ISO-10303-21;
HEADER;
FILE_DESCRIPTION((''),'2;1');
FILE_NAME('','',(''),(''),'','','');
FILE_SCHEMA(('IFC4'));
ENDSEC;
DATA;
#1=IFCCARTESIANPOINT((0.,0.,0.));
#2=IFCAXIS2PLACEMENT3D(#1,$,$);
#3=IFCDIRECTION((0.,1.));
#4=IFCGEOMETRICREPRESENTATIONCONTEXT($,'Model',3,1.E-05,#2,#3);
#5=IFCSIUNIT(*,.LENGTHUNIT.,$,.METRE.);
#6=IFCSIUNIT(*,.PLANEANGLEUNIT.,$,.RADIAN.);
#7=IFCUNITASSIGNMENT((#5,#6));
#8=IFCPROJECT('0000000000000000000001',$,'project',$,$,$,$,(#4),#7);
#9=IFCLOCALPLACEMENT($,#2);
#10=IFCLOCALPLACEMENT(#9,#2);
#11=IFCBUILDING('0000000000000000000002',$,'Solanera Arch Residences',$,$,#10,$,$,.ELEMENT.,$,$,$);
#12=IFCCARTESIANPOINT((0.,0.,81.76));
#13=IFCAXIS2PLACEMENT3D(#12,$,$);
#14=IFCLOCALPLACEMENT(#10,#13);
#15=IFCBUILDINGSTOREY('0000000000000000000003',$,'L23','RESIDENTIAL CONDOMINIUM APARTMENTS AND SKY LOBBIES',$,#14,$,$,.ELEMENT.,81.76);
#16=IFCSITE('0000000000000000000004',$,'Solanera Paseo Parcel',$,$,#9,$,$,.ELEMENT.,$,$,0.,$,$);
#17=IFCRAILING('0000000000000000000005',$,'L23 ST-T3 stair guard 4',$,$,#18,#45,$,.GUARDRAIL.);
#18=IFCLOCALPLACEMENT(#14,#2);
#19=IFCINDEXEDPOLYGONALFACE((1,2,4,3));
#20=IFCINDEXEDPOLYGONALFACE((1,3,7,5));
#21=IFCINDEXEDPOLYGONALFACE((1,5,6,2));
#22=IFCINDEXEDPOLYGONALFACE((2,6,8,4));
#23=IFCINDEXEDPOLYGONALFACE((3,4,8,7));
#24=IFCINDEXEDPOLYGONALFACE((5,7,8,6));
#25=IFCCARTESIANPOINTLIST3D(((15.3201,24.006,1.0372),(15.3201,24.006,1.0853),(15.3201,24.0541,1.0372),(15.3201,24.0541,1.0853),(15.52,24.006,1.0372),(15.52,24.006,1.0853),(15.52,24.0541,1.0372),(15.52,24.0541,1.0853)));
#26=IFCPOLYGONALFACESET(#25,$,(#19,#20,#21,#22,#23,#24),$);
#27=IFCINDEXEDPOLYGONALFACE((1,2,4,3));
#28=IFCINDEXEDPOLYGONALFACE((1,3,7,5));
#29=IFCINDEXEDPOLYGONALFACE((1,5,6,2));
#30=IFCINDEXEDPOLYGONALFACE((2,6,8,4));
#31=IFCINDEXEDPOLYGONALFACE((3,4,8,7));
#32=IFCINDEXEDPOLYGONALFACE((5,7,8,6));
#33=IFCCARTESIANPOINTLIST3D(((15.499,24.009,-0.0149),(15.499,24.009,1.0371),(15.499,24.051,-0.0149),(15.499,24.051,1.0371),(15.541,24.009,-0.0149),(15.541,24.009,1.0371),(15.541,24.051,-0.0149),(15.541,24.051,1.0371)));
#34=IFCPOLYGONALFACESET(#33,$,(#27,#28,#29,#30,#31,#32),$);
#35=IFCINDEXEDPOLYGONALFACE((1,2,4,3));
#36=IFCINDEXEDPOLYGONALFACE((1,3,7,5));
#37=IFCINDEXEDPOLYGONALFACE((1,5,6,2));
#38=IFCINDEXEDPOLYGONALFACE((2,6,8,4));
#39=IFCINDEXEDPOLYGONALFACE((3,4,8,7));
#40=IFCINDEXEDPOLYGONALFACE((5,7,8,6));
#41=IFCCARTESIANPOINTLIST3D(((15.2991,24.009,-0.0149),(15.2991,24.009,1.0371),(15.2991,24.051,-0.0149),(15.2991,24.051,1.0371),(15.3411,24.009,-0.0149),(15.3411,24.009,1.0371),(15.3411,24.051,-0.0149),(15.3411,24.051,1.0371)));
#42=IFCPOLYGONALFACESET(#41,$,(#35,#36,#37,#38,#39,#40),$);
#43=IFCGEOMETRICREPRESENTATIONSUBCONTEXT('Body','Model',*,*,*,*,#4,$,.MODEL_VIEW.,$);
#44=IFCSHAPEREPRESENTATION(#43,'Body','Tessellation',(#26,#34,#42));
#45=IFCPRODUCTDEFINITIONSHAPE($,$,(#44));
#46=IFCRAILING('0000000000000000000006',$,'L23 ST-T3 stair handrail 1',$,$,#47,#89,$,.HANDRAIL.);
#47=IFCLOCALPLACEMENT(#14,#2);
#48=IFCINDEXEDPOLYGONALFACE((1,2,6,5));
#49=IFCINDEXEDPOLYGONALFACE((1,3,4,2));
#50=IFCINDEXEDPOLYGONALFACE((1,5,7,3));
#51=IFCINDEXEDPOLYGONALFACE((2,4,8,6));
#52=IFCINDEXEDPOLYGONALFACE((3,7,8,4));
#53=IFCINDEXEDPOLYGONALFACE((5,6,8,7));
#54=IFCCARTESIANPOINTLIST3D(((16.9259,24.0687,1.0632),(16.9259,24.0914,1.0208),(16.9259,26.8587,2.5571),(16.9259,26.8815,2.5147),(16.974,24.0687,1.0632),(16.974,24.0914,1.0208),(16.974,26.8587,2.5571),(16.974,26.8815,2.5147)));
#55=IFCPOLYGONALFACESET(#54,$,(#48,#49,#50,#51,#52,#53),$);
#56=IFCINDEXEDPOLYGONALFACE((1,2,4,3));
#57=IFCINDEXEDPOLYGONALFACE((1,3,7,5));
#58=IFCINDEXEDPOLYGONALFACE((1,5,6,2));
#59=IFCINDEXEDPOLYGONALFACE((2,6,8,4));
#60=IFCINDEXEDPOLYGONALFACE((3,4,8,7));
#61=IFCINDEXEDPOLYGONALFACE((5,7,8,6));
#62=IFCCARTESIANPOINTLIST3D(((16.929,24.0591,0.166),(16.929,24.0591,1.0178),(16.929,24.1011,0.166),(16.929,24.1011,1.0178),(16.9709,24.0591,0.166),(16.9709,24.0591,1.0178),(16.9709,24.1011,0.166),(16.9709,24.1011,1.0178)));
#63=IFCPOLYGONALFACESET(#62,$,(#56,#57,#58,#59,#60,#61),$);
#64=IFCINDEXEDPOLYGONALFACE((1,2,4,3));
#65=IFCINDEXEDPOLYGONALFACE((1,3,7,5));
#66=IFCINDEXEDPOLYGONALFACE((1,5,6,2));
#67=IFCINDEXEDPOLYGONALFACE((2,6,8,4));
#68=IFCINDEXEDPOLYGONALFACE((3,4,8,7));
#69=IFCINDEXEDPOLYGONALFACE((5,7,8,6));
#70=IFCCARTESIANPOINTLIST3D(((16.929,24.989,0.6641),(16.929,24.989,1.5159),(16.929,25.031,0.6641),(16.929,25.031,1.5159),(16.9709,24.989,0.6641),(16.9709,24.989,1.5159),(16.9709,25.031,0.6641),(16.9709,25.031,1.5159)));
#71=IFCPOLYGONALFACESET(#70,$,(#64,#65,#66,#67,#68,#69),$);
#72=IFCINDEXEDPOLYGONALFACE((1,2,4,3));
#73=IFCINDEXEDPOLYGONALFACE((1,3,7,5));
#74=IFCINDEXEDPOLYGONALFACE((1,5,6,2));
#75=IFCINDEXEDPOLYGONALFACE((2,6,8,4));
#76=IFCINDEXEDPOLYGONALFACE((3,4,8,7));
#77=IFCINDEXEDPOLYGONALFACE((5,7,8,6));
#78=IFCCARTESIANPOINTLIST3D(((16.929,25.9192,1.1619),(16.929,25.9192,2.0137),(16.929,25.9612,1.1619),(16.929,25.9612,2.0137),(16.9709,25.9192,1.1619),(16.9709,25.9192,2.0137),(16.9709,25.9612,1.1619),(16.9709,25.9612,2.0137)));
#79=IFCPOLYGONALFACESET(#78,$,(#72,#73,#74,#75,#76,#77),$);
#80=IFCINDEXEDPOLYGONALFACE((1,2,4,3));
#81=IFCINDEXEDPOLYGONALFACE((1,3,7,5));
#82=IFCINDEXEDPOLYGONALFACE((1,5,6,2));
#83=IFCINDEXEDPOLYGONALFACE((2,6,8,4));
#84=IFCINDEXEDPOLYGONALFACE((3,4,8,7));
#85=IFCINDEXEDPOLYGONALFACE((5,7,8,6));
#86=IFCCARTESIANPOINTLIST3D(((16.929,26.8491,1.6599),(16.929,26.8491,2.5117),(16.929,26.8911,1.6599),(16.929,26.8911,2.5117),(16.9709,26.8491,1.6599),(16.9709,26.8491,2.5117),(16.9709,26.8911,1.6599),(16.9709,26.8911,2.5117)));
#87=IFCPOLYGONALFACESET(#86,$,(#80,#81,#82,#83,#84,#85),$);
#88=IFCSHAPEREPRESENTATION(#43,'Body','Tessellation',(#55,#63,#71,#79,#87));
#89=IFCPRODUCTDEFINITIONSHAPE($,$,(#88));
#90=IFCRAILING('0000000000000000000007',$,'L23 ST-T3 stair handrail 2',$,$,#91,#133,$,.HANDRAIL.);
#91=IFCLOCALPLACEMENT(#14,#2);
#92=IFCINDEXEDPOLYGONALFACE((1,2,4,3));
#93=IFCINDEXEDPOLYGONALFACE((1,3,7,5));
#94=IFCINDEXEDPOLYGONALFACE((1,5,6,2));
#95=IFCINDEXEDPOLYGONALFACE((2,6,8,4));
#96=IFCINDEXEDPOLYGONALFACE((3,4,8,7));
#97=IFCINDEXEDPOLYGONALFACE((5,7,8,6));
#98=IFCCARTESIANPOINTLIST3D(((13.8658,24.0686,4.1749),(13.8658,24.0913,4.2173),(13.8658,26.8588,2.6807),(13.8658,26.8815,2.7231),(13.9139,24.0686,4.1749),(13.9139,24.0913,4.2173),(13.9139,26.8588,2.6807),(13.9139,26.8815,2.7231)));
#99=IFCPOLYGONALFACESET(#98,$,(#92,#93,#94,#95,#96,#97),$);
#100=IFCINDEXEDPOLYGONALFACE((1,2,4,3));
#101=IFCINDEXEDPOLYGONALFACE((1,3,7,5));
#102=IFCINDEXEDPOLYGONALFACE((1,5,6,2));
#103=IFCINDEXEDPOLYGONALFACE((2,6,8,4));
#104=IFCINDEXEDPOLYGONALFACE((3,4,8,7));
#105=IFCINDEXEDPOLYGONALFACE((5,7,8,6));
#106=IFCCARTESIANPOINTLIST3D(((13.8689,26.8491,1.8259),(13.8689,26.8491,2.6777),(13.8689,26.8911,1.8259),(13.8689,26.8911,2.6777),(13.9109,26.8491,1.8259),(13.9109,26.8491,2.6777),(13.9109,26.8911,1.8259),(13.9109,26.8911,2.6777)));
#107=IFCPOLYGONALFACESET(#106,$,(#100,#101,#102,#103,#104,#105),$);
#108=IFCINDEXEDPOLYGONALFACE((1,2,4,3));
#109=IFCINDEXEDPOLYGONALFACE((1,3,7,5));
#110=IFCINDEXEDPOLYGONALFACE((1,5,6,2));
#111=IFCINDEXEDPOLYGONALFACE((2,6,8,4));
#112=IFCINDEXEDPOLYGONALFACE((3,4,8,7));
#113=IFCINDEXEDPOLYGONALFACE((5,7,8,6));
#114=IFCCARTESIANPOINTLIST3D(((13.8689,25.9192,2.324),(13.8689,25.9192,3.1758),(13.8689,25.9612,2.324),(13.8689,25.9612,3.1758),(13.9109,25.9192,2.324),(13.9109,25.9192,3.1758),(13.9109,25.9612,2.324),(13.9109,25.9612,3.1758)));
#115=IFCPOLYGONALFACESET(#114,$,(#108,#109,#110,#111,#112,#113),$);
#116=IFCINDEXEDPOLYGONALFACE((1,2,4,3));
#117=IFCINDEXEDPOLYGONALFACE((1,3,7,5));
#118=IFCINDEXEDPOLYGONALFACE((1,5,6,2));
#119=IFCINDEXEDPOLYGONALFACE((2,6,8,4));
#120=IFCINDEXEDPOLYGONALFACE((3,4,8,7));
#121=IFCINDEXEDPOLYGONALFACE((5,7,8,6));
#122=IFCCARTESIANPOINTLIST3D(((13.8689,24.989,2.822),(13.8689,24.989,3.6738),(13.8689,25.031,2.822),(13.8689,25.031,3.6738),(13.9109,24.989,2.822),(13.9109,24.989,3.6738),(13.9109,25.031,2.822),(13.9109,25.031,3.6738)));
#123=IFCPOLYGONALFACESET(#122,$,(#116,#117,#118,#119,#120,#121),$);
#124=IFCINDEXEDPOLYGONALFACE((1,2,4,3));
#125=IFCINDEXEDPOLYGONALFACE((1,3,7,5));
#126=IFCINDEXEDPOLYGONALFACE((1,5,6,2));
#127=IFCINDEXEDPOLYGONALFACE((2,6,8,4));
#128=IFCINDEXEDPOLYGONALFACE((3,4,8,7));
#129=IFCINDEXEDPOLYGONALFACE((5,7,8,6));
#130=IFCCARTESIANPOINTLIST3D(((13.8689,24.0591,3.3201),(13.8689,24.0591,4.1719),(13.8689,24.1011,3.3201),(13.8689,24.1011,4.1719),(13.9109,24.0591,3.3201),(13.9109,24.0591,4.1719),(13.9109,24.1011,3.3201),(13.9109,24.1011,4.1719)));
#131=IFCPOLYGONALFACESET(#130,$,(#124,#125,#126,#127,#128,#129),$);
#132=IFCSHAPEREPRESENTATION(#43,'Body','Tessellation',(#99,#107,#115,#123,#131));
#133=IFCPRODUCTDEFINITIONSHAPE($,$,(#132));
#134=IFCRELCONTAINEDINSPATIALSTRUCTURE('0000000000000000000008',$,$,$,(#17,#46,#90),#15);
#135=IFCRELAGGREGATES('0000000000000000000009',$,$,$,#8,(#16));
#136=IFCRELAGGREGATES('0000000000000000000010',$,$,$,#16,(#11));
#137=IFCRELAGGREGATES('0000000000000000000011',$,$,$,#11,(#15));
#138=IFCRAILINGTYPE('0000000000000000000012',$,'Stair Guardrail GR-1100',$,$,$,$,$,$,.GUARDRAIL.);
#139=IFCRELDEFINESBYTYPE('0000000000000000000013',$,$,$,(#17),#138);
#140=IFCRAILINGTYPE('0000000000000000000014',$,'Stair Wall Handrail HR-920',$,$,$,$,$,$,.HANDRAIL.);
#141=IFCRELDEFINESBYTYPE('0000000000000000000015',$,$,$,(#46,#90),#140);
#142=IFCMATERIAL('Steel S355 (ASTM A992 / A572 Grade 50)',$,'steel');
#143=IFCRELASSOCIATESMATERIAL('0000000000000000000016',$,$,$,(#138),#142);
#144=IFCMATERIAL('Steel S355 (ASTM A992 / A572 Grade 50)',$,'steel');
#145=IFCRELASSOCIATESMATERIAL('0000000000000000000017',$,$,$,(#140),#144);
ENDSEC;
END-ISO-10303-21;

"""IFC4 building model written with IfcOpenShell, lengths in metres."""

from ifc_helpers import new_model, si_unit, direction, frame, origin, origin_2d, place, context, subcontext, project, spatial, rectangle, extrude, material, type_object, element, save


model = new_model("IFC4")

# Units and contexts
model_context = context("Model", 3, precision=1e-05, world=origin(), true_north=direction((0.0, 1.0)))
body_context = subcontext(model_context, "Body", "Model", "MODEL_VIEW")
ifc_project = project(units=[si_unit("LENGTHUNIT", "METRE"), si_unit("PLANEANGLEUNIT", "RADIAN")], contexts=[model_context])

# Site, building, storey
site_placement = place(None, origin())
site = spatial("IfcSite", under=ifc_project, at=site_placement, Name="Solanera Paseo Parcel", CompositionType="ELEMENT", RefElevation=0.0)
building_placement = place(site_placement, origin())
building = spatial("IfcBuilding", under=site, at=building_placement, Name="Solanera Arch Residences", CompositionType="ELEMENT")
storey_placement = place(building_placement, frame((0.0, 0.0, 81.76)))
storey = spatial("IfcBuildingStorey", under=building, at=storey_placement, Name="L23", Description="RESIDENTIAL CONDOMINIUM APARTMENTS AND SKY LOBBIES", CompositionType="ELEMENT", Elevation=81.76)

# Railings
ifc_material_1 = material(Name="Steel S355 (ASTM A992 / A572 Grade 50)", Category="steel")
railing_type_1 = type_object("IfcRailingType", Name="Stair Guardrail GR-1100", PredefinedType="GUARDRAIL", material=ifc_material_1)
railing_1_placement = place(storey_placement, frame((15.52, 24.03, -0.0149)))
element("IfcRailing", 1, at=railing_1_placement, inside=storey, type_object=railing_type_1, Name="L23 ST-T3 stair guard 4", PredefinedType="GUARDRAIL", context=body_context, shape_type="SweptSolid", body=[
    extrude(rectangle(XDim=0.0481, YDim=0.0481, at=origin_2d()), frame((0.0, 0.0, 1.0762), z_axis=(-1.0, 0.0, 0.0), x_axis=(0.0, -1.0, 0.0)), (0.0, 0.0, 1.0), 0.2),
    extrude(rectangle(XDim=0.042, YDim=0.042, at=origin_2d()), origin(), (0.0, 0.0, 1.0), 1.052),
    extrude(rectangle(XDim=0.042, YDim=0.042, at=origin_2d()), frame((-0.2, 0.0, 0.0)), (0.0, 0.0, 1.0), 1.052),
])
ifc_material_2 = material(Name="Steel S355 (ASTM A992 / A572 Grade 50)", Category="steel")
railing_type_2 = type_object("IfcRailingType", Name="Stair Wall Handrail HR-920", PredefinedType="HANDRAIL", material=ifc_material_2)
railing_2_placement = place(storey_placement, frame((16.95, 24.0801, 0.166)))
element("IfcRailing", 2, at=railing_2_placement, inside=storey, type_object=railing_type_2, Name="L23 ST-T3 stair handrail 1", PredefinedType="HANDRAIL", context=body_context, shape_type="SweptSolid", body=[
    extrude(rectangle(XDim=0.0481, YDim=0.0481, at=origin_2d()), frame((0.0, 0.0, 0.876), z_axis=(0.0, 0.881581, 0.472033), x_axis=(-1.0, 0.0, 0.0)), (0.0, 0.0, 1.0), 3.1648),
    extrude(rectangle(XDim=0.042, YDim=0.042, at=origin_2d()), origin(), (0.0, 0.0, 1.0), 0.8518),
    extrude(rectangle(XDim=0.042, YDim=0.042, at=origin_2d()), frame((0.0, 0.9299, 0.498)), (0.0, 0.0, 1.0), 0.8518),
    extrude(rectangle(XDim=0.042, YDim=0.042, at=origin_2d()), frame((0.0, 1.8601, 0.9958)), (0.0, 0.0, 1.0), 0.8518),
    extrude(rectangle(XDim=0.042, YDim=0.042, at=origin_2d()), frame((0.0, 2.79, 1.4939)), (0.0, 0.0, 1.0), 0.8518),
])
railing_3_placement = place(storey_placement, frame((13.8899, 26.8701, 1.8259)))
element("IfcRailing", 3, at=railing_3_placement, inside=storey, type_object=railing_type_2, Name="L23 ST-T3 stair handrail 2", PredefinedType="HANDRAIL", context=body_context, shape_type="SweptSolid", body=[
    extrude(rectangle(XDim=0.0481, YDim=0.0481, at=origin_2d()), frame((0.0, 0.0, 0.876), z_axis=(0.0, -0.881549, 0.472093), x_axis=(1.0, 0.0, 0.0)), (0.0, 0.0, 1.0), 3.165),
    extrude(rectangle(XDim=0.042, YDim=0.042, at=origin_2d()), origin(), (0.0, 0.0, 1.0), 0.8518),
    extrude(rectangle(XDim=0.042, YDim=0.042, at=origin_2d()), frame((0.0, -0.9299, 0.498)), (0.0, 0.0, 1.0), 0.8518),
    extrude(rectangle(XDim=0.042, YDim=0.042, at=origin_2d()), frame((0.0, -1.8601, 0.9961)), (0.0, 0.0, 1.0), 0.8518),
    extrude(rectangle(XDim=0.042, YDim=0.042, at=origin_2d()), frame((0.0, -2.79, 1.4941)), (0.0, 0.0, 1.0), 0.8518),
])

save(model, "model.ifc")
